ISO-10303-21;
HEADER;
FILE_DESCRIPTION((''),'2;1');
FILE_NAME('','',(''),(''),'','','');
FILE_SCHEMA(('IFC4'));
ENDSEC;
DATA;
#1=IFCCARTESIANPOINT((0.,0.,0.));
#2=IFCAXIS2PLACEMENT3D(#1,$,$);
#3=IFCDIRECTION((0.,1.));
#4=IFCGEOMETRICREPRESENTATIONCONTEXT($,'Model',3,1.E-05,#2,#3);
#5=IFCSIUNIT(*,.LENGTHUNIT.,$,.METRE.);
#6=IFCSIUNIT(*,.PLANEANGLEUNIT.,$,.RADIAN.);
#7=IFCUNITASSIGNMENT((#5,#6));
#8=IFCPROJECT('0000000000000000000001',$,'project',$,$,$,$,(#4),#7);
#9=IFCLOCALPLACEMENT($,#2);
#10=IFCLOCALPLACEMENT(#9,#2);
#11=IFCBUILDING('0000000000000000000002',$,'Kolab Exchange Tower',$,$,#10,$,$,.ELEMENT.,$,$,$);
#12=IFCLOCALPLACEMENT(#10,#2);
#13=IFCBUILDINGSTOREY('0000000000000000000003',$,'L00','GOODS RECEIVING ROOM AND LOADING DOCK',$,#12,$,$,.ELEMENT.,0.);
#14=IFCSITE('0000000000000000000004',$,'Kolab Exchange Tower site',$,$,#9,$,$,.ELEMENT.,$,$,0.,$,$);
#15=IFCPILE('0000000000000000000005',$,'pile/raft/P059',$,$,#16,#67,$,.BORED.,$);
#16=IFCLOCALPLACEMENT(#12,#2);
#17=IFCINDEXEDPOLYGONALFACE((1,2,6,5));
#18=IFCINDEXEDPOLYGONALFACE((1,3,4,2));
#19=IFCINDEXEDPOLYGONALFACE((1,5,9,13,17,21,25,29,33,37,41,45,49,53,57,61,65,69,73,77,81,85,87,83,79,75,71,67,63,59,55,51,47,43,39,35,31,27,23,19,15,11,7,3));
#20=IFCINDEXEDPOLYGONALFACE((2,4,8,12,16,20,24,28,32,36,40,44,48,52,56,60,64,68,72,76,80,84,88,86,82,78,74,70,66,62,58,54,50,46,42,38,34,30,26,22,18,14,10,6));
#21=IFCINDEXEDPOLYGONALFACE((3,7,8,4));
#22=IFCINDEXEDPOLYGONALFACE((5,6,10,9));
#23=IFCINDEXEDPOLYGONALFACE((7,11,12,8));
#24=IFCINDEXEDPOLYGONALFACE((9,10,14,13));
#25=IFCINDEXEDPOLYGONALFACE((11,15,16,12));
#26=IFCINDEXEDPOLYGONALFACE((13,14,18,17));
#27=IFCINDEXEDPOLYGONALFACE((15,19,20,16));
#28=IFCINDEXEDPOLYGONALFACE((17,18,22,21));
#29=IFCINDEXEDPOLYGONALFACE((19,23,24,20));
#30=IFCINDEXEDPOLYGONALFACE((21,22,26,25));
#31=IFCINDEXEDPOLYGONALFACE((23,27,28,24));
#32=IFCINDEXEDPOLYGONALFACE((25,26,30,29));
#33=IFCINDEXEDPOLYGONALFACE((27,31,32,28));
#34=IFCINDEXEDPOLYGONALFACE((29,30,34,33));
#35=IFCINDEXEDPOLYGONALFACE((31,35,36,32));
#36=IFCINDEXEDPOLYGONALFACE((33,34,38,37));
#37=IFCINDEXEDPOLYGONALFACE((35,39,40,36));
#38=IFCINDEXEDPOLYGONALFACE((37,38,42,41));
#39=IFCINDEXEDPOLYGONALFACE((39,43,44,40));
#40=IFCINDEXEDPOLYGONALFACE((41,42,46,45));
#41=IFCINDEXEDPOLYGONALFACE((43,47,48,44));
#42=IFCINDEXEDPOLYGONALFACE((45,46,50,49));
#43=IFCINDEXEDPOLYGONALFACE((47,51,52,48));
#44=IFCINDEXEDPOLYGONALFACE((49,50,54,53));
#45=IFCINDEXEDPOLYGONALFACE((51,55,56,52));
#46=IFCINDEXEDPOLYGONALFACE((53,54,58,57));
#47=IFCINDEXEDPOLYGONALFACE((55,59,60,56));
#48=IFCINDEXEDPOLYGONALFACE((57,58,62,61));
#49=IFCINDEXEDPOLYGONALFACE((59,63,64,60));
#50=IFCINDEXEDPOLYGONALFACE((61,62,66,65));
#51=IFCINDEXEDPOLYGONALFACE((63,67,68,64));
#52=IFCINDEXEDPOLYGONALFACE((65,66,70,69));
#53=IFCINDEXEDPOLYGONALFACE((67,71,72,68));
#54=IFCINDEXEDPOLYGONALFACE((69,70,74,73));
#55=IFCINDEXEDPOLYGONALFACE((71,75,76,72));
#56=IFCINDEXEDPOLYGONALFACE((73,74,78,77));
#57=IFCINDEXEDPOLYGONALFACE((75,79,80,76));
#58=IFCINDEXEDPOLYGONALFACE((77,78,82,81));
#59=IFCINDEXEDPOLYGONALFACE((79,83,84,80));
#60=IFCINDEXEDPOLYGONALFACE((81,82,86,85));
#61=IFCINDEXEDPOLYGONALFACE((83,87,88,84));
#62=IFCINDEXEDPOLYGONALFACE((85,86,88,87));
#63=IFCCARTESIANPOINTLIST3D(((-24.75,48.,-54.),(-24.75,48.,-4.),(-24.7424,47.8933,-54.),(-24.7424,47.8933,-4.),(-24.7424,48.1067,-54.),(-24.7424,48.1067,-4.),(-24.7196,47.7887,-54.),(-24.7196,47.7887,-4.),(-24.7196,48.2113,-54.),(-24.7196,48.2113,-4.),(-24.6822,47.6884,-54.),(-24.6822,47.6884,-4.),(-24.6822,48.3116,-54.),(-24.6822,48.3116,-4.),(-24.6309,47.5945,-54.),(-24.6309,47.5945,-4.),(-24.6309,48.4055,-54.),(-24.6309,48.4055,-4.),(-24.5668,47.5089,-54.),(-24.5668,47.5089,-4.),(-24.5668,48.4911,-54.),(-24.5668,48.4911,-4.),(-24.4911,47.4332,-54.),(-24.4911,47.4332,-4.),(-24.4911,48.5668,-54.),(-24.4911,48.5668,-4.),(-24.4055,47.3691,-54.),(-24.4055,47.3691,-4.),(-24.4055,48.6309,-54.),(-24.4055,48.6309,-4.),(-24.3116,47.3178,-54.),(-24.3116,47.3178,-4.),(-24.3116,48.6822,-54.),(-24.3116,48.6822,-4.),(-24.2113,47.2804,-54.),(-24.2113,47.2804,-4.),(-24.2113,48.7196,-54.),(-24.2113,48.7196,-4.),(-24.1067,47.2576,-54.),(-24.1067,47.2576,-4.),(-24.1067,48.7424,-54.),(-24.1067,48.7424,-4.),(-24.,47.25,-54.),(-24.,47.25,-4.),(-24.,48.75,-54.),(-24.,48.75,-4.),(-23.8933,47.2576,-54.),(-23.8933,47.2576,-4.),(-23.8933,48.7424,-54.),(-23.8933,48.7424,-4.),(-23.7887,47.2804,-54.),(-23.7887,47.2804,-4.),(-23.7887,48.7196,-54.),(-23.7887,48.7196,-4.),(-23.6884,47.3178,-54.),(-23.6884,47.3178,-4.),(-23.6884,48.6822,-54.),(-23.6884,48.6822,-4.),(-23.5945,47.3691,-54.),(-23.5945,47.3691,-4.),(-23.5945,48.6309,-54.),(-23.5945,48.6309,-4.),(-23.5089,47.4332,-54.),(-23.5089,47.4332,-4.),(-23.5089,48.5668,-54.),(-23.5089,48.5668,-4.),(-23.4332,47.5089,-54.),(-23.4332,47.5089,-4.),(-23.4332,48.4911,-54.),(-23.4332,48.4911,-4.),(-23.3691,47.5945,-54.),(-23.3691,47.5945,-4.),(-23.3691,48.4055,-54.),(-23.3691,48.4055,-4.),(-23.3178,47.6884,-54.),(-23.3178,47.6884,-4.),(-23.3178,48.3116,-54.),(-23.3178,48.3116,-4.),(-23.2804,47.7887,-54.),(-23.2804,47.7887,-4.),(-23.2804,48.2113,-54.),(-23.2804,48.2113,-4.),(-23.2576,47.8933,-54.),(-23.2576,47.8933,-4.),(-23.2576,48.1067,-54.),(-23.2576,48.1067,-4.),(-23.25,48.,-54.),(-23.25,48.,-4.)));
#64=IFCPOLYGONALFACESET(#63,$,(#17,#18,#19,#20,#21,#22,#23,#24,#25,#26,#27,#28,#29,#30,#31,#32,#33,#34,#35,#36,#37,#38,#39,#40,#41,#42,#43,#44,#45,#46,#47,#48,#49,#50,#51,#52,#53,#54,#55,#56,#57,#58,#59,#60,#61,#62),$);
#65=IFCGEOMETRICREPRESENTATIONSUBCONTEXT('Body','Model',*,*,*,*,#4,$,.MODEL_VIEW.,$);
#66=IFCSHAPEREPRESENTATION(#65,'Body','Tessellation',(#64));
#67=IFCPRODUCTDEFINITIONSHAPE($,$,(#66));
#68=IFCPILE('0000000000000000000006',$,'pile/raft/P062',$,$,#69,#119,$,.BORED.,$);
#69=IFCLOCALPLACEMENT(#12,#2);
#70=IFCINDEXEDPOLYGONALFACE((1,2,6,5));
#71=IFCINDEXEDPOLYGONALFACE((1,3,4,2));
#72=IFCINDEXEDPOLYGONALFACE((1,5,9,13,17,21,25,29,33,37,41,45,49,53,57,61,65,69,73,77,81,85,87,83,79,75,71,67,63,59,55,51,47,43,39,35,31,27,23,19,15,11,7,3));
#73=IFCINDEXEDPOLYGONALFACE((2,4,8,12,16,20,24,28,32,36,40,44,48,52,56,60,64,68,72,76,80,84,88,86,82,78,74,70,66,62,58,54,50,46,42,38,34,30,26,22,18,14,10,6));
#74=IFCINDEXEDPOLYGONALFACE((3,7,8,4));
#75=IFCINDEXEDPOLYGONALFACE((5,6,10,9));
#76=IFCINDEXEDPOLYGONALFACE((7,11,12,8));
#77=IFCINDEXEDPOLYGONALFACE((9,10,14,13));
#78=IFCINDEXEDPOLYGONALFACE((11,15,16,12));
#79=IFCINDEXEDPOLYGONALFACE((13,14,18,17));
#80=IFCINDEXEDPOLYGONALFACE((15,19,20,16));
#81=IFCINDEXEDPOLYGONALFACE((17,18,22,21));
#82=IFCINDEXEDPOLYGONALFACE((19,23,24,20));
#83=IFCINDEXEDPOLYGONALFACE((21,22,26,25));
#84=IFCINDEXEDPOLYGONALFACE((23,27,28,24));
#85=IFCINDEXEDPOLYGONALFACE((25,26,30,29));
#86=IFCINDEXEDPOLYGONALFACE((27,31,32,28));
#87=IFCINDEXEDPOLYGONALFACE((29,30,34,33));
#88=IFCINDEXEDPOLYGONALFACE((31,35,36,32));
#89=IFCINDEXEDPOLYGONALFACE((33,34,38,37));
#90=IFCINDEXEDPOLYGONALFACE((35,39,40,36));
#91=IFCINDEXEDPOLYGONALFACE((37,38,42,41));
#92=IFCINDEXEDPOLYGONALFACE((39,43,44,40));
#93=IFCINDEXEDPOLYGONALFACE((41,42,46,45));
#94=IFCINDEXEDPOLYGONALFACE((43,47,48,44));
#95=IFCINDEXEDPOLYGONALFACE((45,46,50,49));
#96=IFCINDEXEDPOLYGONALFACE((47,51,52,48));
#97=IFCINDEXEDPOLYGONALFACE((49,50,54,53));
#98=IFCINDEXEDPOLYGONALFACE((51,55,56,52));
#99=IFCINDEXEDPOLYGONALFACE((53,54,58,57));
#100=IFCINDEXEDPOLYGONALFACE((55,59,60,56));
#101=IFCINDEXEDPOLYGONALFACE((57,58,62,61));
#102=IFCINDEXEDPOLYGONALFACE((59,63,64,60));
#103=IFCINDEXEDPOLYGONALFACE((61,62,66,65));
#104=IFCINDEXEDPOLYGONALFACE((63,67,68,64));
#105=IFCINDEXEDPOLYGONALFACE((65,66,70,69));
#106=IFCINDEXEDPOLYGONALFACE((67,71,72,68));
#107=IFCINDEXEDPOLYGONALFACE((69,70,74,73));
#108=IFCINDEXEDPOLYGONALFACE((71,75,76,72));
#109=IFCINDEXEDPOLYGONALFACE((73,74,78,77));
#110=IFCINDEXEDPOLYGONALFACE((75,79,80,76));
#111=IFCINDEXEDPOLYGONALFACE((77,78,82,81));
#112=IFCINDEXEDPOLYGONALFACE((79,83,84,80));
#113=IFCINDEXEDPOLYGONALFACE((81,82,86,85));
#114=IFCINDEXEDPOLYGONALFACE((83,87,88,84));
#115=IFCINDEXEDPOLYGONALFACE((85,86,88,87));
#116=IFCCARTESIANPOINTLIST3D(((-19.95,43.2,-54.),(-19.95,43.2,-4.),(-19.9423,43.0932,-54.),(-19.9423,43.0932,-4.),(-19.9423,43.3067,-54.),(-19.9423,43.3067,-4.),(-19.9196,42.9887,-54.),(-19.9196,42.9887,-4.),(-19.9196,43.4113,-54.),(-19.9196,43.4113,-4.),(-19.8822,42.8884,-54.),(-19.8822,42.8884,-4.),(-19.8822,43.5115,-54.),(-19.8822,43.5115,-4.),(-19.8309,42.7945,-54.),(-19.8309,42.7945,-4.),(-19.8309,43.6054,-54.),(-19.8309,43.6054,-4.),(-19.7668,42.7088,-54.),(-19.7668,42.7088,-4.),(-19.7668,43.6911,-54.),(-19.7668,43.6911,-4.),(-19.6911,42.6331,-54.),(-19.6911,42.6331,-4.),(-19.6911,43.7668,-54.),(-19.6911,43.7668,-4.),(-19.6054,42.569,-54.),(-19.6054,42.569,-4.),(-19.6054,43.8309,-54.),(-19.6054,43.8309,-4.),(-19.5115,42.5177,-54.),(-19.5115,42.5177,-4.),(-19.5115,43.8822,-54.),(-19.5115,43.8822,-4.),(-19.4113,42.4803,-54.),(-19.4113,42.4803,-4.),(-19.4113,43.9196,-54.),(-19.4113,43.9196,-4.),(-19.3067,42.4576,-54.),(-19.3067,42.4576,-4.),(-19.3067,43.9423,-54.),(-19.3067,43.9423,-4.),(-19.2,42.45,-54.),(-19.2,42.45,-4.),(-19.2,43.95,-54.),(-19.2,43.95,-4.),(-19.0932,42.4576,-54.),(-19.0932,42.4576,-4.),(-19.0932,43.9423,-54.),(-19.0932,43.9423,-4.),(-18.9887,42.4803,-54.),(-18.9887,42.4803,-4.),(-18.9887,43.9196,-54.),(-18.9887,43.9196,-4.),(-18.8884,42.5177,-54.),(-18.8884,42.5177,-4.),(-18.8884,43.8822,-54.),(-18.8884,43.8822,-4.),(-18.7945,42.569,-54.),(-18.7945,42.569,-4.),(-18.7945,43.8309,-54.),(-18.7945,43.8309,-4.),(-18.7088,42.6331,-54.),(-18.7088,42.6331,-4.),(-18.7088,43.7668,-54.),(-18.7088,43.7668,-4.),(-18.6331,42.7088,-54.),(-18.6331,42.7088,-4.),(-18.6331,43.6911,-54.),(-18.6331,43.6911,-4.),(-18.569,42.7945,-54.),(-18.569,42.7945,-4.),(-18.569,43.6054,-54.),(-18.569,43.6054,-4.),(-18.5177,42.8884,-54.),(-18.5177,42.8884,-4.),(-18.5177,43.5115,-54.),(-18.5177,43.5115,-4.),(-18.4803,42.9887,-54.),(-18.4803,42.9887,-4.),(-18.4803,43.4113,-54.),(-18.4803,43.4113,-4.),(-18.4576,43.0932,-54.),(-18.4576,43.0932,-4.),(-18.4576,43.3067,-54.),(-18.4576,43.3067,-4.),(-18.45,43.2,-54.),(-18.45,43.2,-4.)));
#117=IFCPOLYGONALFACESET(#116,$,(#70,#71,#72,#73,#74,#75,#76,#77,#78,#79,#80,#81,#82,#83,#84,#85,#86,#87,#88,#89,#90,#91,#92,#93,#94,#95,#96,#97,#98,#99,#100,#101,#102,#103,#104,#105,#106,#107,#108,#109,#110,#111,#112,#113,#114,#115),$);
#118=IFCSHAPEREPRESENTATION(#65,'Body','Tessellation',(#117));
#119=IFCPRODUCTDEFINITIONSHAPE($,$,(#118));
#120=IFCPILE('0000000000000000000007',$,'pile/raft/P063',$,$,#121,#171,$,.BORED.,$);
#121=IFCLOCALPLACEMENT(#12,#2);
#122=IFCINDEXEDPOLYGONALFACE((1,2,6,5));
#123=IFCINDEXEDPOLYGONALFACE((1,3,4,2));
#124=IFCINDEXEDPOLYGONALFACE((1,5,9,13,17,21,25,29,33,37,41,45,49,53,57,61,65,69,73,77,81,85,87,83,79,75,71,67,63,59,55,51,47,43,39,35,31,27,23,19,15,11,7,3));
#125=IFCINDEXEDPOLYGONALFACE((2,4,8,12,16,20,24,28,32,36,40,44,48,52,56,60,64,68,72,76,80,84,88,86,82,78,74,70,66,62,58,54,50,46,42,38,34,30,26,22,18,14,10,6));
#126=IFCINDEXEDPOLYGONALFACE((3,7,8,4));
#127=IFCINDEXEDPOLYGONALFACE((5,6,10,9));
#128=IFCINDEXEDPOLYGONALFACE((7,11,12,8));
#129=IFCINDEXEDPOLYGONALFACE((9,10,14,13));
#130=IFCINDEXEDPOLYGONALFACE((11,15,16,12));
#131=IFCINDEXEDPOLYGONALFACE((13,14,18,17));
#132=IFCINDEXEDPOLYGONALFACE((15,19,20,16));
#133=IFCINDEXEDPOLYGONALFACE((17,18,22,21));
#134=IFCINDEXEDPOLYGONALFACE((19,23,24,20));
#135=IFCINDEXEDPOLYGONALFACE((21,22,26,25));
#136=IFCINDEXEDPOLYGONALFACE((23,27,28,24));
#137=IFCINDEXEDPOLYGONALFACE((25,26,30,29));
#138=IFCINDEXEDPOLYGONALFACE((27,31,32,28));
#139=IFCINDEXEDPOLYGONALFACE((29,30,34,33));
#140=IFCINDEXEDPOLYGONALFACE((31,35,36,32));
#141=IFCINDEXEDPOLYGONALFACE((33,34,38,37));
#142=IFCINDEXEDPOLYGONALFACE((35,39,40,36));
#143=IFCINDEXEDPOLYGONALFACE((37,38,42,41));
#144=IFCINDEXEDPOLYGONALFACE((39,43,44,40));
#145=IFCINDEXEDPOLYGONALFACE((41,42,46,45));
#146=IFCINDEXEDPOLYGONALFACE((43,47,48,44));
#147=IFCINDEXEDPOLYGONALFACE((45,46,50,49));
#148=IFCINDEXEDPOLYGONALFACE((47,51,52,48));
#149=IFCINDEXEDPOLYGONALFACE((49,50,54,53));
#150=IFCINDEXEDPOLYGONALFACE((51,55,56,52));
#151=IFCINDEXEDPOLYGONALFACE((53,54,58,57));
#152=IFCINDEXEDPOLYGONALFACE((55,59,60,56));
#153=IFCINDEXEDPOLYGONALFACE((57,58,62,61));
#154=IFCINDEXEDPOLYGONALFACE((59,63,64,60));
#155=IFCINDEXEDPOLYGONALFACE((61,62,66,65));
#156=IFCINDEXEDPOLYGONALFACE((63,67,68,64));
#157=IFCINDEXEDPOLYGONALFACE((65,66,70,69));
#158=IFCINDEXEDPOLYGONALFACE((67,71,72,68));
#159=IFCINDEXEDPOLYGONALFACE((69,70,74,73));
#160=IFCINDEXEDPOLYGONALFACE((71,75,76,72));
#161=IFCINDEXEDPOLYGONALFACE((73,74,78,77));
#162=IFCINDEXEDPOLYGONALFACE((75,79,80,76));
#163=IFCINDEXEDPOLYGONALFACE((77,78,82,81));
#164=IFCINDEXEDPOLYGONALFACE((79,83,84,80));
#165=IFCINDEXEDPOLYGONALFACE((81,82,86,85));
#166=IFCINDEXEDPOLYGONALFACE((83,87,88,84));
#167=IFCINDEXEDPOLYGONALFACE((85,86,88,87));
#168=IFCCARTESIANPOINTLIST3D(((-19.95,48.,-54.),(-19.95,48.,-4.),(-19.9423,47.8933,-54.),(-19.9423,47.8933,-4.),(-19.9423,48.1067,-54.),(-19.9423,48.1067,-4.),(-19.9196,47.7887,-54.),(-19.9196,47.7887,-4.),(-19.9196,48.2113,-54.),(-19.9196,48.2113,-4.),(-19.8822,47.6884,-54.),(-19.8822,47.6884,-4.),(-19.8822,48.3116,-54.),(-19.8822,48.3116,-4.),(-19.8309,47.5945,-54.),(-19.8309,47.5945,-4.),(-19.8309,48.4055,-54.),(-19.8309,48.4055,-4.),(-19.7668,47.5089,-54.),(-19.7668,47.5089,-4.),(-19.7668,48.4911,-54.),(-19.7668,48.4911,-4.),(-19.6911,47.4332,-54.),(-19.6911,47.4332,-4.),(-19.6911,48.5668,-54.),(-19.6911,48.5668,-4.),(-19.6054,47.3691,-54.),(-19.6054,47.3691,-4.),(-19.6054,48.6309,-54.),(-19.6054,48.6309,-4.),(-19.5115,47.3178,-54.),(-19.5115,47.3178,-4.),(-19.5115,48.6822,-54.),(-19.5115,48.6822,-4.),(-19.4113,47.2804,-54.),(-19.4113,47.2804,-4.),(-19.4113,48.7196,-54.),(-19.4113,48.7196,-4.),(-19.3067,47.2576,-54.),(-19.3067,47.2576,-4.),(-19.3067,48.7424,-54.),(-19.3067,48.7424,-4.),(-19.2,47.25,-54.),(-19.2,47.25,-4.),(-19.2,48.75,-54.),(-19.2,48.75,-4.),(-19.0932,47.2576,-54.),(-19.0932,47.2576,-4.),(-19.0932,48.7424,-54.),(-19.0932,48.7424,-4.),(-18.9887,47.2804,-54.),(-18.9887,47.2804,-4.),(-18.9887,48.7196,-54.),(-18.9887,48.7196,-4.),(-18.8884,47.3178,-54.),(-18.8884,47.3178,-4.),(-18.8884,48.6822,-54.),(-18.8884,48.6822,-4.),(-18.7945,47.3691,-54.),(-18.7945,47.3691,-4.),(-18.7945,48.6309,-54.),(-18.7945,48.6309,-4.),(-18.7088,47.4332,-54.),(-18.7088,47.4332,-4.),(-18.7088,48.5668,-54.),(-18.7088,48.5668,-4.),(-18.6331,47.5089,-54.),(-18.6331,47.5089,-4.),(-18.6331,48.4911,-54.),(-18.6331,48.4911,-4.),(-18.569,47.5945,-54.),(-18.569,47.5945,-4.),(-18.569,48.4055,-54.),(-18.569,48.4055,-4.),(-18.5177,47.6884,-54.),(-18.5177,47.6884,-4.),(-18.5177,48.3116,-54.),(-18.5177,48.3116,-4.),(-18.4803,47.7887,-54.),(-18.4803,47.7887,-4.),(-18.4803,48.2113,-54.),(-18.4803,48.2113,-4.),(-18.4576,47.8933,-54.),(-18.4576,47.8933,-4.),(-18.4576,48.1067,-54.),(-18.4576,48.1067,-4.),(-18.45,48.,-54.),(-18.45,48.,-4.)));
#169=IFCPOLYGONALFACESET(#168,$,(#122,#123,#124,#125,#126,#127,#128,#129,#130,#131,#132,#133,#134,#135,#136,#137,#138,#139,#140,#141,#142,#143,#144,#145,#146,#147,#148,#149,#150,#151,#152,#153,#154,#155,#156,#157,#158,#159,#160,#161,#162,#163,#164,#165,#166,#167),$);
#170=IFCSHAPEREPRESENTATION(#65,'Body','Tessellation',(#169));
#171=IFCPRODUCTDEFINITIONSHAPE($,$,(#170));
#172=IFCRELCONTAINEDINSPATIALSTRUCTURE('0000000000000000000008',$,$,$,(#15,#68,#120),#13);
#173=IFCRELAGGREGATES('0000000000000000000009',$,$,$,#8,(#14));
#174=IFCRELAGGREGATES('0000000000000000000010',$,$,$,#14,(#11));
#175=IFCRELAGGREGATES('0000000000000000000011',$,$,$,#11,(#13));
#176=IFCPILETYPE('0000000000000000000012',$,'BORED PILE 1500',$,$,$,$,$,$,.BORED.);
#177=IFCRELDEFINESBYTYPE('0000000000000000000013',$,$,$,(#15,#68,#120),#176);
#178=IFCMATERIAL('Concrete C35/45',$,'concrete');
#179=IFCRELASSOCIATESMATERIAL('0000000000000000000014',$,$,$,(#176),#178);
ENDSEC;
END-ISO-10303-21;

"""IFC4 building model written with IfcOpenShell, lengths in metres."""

from ifc_helpers import new_model, si_unit, direction, frame, origin, origin_2d, place, context, subcontext, project, spatial, circle, extrude, material, material_profile, profile_set, type_object, element, save


model = new_model("IFC4")

# Units and contexts
model_context = context("Model", 3, precision=1e-05, world=origin(), true_north=direction((0.0, 1.0)))
body_context = subcontext(model_context, "Body", "Model", "MODEL_VIEW")
ifc_project = project(units=[si_unit("LENGTHUNIT", "METRE"), si_unit("PLANEANGLEUNIT", "RADIAN")], contexts=[model_context])

# Site, building, storey
site_placement = place(None, origin())
site = spatial("IfcSite", under=ifc_project, at=site_placement, Name="Kolab Exchange Tower site", CompositionType="ELEMENT", RefElevation=0.0)
building_placement = place(site_placement, origin())
building = spatial("IfcBuilding", under=site, at=building_placement, Name="Kolab Exchange Tower", CompositionType="ELEMENT")
storey_placement = place(building_placement, origin())
storey = spatial("IfcBuildingStorey", under=building, at=storey_placement, Name="L00", Description="GOODS RECEIVING ROOM AND LOADING DOCK", CompositionType="ELEMENT", Elevation=0.0)

# Piles
ifc_material_1 = material(Name="Concrete C35/45", Category="concrete")
ifc_material_profile_1 = material_profile(ifc_material_1, circle(Radius=0.75, at=origin_2d()), Name="BP1500")
ifc_profile_set_1 = profile_set([ifc_material_profile_1], Name="Concrete C35/45")
pile_type_1 = type_object("IfcPileType", Name="BORED PILE 1500", PredefinedType="BORED", material=ifc_profile_set_1)
for number, where, z_axis, x_axis, name in (
    (1, (-24.0, 48.0, -4.0), (0.0, 0.0, -1.0), (1.0, 0.0, 0.0), "pile/raft/P059"),
    (2, (-19.2, 43.2, -4.0), (0.0, 0.0, -1.0), (1.0, 0.0, 0.0), "pile/raft/P062"),
    (3, (-19.2, 48.0, -4.0), (0.0, 0.0, -1.0), (1.0, 0.0, 0.0), "pile/raft/P063"),
):
    element("IfcPile", number, at=place(storey_placement, frame(where, z_axis=z_axis, x_axis=x_axis)), inside=storey, type_object=pile_type_1, Name=name, PredefinedType="BORED", context=body_context, shape_type="SweptSolid", body=[
        extrude(circle(Radius=0.75, at=origin_2d()), origin(), (0.0, 0.0, 1.0), 50.0),
    ])

save(model, "model.ifc")
